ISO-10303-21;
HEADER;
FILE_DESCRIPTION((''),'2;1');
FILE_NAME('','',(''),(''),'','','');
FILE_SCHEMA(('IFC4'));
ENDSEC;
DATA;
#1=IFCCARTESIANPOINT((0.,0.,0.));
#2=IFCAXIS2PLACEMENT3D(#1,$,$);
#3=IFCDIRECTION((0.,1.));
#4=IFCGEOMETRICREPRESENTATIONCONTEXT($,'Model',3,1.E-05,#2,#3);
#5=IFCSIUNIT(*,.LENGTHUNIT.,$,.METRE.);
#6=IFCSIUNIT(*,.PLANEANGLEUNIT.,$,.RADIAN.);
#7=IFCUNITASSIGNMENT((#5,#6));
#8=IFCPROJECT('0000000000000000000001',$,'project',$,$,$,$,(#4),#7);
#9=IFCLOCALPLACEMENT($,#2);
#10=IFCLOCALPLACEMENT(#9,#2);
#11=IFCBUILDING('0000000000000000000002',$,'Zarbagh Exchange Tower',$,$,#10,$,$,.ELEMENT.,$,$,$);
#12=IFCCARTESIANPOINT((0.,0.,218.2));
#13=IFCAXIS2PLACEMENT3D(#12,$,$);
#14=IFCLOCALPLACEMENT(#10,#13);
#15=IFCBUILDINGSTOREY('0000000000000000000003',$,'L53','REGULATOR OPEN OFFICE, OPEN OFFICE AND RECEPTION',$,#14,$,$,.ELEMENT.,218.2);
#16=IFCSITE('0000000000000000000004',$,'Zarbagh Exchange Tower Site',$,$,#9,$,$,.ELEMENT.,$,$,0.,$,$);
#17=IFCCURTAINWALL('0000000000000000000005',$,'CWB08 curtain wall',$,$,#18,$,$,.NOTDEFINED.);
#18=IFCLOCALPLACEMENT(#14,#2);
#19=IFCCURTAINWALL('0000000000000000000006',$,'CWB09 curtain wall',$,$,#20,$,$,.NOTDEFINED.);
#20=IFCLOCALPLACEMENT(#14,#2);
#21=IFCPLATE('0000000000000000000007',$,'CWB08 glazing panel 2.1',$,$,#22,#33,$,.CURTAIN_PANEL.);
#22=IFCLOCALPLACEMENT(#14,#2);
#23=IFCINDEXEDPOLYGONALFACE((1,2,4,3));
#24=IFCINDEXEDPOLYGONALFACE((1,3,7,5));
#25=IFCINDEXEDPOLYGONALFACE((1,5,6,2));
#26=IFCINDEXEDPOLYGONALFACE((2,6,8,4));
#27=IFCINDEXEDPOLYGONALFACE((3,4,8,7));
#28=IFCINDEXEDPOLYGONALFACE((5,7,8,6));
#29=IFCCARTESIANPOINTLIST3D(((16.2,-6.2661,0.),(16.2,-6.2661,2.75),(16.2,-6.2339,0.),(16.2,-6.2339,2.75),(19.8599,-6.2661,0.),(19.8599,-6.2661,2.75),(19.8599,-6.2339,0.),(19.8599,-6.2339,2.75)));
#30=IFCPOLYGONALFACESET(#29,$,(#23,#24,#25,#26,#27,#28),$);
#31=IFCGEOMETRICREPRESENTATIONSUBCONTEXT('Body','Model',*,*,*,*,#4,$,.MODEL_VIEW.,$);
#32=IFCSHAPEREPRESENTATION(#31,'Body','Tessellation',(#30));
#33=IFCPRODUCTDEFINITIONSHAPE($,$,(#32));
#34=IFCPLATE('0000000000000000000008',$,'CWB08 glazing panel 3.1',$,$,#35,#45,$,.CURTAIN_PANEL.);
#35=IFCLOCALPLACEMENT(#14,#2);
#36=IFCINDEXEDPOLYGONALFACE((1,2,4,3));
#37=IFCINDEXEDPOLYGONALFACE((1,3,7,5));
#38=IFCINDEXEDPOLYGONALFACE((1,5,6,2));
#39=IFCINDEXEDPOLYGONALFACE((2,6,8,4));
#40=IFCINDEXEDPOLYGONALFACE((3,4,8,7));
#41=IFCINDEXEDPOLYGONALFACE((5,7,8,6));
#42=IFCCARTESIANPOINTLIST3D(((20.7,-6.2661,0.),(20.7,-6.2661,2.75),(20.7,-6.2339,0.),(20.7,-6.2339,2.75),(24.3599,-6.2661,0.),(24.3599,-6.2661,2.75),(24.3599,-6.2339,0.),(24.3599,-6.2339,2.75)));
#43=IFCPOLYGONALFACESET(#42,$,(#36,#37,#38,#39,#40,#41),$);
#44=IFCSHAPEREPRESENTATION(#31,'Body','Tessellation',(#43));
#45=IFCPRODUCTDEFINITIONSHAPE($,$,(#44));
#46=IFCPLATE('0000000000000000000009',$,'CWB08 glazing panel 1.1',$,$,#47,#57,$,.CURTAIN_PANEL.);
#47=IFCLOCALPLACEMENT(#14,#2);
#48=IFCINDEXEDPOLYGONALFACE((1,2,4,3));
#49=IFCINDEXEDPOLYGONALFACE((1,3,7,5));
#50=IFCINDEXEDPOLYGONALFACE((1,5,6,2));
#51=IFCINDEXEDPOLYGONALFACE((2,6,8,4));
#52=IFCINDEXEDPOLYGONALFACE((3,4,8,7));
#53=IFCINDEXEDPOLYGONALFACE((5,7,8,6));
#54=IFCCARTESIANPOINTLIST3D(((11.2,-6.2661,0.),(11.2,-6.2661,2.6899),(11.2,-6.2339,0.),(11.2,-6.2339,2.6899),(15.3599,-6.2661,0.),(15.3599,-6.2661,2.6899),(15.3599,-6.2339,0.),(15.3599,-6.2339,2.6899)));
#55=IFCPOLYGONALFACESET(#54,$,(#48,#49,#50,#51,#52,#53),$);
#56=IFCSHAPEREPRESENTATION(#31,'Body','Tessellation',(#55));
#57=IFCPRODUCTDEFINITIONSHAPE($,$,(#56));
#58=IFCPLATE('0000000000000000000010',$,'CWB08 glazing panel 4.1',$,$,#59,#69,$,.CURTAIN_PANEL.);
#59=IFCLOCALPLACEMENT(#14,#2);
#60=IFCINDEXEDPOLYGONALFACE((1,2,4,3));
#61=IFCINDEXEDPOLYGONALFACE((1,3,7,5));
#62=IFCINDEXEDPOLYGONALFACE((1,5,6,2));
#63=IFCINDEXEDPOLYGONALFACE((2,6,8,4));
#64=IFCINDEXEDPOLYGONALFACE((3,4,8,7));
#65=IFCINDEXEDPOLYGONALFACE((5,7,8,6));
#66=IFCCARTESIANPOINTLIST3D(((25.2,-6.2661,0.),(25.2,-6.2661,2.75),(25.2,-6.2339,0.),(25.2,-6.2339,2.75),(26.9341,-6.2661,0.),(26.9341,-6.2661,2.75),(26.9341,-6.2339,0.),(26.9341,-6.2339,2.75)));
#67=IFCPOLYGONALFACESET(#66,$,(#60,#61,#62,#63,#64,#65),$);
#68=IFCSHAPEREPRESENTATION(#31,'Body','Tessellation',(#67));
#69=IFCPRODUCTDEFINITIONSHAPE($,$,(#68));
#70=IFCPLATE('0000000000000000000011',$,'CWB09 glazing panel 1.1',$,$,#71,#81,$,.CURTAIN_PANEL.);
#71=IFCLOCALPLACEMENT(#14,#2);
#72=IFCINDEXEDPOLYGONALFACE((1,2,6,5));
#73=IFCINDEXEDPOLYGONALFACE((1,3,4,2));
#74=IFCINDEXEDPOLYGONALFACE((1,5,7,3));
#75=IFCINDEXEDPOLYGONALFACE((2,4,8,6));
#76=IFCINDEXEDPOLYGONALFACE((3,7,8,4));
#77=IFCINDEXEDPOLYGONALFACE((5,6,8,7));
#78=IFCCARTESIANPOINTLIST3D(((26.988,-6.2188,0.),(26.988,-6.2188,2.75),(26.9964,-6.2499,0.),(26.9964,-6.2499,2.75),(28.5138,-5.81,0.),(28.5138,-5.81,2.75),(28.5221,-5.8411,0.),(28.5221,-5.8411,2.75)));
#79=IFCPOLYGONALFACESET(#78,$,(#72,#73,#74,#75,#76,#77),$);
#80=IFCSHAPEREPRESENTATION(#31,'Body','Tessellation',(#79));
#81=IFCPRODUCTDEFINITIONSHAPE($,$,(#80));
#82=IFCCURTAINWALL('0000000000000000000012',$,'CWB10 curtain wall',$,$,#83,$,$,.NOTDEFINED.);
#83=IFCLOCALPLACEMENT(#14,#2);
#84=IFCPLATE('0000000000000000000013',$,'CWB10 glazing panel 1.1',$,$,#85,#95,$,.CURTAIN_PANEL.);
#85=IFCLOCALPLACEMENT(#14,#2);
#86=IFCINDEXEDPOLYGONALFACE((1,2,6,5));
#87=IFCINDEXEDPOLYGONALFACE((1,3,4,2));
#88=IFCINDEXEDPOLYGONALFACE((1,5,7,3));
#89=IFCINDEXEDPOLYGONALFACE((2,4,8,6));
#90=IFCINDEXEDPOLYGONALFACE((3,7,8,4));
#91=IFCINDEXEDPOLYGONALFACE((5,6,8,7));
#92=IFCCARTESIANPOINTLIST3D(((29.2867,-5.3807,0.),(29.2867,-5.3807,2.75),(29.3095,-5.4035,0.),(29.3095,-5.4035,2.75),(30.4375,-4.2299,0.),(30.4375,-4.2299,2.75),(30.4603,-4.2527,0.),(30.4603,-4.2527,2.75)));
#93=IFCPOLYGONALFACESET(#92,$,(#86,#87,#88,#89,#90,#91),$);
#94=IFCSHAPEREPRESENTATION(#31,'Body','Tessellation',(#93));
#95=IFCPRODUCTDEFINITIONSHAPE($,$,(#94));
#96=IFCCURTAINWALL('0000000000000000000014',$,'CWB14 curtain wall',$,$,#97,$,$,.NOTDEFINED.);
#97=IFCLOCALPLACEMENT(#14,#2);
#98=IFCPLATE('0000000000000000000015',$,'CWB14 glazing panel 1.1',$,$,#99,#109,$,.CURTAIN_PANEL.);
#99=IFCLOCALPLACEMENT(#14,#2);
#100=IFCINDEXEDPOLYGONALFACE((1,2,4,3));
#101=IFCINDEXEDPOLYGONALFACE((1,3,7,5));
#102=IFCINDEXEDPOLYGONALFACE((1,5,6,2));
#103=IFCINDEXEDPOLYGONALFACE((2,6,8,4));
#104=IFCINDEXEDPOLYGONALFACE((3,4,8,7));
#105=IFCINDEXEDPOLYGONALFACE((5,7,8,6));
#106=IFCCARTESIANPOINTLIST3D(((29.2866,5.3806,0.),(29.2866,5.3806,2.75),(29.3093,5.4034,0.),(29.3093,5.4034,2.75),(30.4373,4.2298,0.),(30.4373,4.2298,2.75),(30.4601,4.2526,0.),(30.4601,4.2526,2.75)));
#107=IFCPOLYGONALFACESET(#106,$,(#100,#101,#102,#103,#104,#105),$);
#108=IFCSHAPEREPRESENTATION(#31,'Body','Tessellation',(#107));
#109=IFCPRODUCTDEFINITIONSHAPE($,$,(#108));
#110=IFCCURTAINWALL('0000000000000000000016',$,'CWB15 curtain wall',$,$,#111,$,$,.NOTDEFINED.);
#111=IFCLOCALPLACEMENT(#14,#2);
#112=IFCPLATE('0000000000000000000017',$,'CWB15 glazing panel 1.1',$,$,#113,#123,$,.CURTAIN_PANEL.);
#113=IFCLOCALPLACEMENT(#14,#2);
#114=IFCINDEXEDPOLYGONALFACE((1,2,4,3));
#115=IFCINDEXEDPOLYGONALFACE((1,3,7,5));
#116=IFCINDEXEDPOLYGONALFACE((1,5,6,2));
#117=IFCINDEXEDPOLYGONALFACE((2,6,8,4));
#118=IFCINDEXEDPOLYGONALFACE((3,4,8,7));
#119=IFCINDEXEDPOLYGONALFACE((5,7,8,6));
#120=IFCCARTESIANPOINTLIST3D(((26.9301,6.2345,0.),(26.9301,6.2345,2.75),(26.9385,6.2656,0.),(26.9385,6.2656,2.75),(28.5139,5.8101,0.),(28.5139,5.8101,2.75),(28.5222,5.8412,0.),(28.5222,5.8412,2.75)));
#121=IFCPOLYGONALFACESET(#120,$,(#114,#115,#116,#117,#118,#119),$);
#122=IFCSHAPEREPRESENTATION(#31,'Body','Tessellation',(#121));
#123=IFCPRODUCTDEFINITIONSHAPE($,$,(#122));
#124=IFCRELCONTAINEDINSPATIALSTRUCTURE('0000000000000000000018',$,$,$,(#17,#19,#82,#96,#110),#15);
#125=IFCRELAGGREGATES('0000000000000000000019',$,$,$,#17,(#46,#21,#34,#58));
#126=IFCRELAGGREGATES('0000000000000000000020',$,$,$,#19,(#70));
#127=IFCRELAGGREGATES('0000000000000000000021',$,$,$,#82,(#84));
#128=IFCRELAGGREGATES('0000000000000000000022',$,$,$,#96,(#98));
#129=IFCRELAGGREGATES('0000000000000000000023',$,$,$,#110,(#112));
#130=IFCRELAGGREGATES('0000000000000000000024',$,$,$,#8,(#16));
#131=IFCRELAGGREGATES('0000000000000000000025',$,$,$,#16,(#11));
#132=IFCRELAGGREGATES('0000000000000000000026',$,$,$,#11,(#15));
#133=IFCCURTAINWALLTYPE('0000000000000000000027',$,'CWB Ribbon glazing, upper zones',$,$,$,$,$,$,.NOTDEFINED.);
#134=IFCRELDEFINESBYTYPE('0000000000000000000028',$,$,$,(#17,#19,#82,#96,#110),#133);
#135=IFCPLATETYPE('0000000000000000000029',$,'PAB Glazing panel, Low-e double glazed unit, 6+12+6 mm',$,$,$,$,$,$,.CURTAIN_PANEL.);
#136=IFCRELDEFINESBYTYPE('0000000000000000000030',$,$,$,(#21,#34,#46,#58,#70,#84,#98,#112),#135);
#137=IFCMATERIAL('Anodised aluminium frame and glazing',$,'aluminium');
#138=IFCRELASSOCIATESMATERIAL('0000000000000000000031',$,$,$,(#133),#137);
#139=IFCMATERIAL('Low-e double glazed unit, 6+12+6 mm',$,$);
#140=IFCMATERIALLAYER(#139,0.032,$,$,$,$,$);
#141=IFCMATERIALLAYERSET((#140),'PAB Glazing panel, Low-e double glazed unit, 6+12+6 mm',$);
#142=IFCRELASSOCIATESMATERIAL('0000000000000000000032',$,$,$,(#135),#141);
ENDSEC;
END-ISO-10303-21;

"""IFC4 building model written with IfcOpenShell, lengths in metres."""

from ifc_helpers import new_model, si_unit, direction, frame, origin, place, context, subcontext, project, spatial, polyline, outline, extrude, source, transform, mapped, material, layer, layer_set, type_object, element, aggregate, save


model = new_model("IFC4")

# Units and contexts
model_context = context("Model", 3, precision=1e-05, world=origin(), true_north=direction((0.0, 1.0)))
body_context = subcontext(model_context, "Body", "Model", "MODEL_VIEW")
ifc_project = project(units=[si_unit("LENGTHUNIT", "METRE"), si_unit("PLANEANGLEUNIT", "RADIAN")], contexts=[model_context])

# Site, building, storey
site_placement = place(None, origin())
site = spatial("IfcSite", under=ifc_project, at=site_placement, Name="Zarbagh Exchange Tower Site", CompositionType="ELEMENT", RefElevation=0.0)
building_placement = place(site_placement, origin())
building = spatial("IfcBuilding", under=site, at=building_placement, Name="Zarbagh Exchange Tower", CompositionType="ELEMENT")
storey_placement = place(building_placement, frame((0.0, 0.0, 218.2)))
storey = spatial("IfcBuildingStorey", under=building, at=storey_placement, Name="L53", Description="REGULATOR OPEN OFFICE, OPEN OFFICE AND RECEPTION", CompositionType="ELEMENT", Elevation=218.2)

# Curtain wall
ifc_material_1 = material(Name="Anodised aluminium frame and glazing", Category="aluminium")
curtain_wall_type = type_object("IfcCurtainWallType", Name="CWB Ribbon glazing, upper zones", PredefinedType="NOTDEFINED", material=ifc_material_1)
curtain_wall_1_placement = place(storey_placement, origin())
curtain_wall_1 = element("IfcCurtainWall", 1, at=curtain_wall_1_placement, inside=storey, type_object=curtain_wall_type, Name="CWB08 curtain wall", PredefinedType="NOTDEFINED")
placement = place(storey_placement, origin())

# Curtain wall
curtain_wall_2_placement = place(storey_placement, origin())
curtain_wall_2 = element("IfcCurtainWall", 2, at=curtain_wall_2_placement, inside=storey, type_object=curtain_wall_type, Name="CWB09 curtain wall", PredefinedType="NOTDEFINED")

# Shared definitions
ifc_material_2 = material(Name="Low-e double glazed unit, 6+12+6 mm")
ifc_layer = layer(ifc_material_2, 0.032)
ifc_layer_set = layer_set([ifc_layer], Name="PAB Glazing panel, Low-e double glazed unit, 6+12+6 mm")
plate_type = type_object("IfcPlateType", Name="PAB Glazing panel, Low-e double glazed unit, 6+12+6 mm", PredefinedType="CURTAIN_PANEL", material=ifc_layer_set)

# Plates
shared_shape_1 = source(origin(), body_context, "Body", "SweptSolid", [
    extrude(outline(polyline([(0.0, -0.0161), (3.6599, -0.0161), (3.6599, 0.0161), (0.0, 0.0161), (0.0, -0.0161)])), origin(), (0.0, 0.0, 1.0), 2.75),
])
plate_1 = element("IfcPlate", 3, at=placement, type_object=plate_type, Name="CWB08 glazing panel 2.1", PredefinedType="CURTAIN_PANEL", context=body_context, shape_type="MappedRepresentation", body=[
    mapped(shared_shape_1, transform((16.2, -6.25, 0.0), x_axis=(1.0, 0.0, 0.0), y_axis=(0.0, 1.0, 0.0), z_axis=(0.0, 0.0, 1.0))),
])
plate_2 = element("IfcPlate", 4, at=placement, type_object=plate_type, Name="CWB08 glazing panel 3.1", PredefinedType="CURTAIN_PANEL", context=body_context, shape_type="MappedRepresentation", body=[
    mapped(shared_shape_1, transform((20.7, -6.25, 0.0), x_axis=(1.0, 0.0, 0.0), y_axis=(0.0, 1.0, 0.0), z_axis=(0.0, 0.0, 1.0))),
])
shared_shape_2 = source(origin(), body_context, "Body", "SweptSolid", [
    extrude(outline(polyline([(0.0, -0.0161), (4.1599, -0.0161), (4.1599, 0.0161), (0.0, 0.0161), (0.0, -0.0161)])), origin(), (0.0, 0.0, 1.0), 2.6899),
])
plate_3 = element("IfcPlate", 5, at=placement, type_object=plate_type, Name="CWB08 glazing panel 1.1", PredefinedType="CURTAIN_PANEL", context=body_context, shape_type="MappedRepresentation", body=[
    mapped(shared_shape_2, transform((11.2, -6.25, 0.0), x_axis=(1.0, 0.0, 0.0), y_axis=(0.0, 1.0, 0.0), z_axis=(0.0, 0.0, 1.0))),
])
shared_shape_3 = source(origin(), body_context, "Body", "SweptSolid", [
    extrude(outline(polyline([(0.0, -0.0161), (1.7341, -0.0161), (1.7341, 0.0161), (0.0, 0.0161), (0.0, -0.0161)])), origin(), (0.0, 0.0, 1.0), 2.75),
])
plate_4 = element("IfcPlate", 6, at=placement, type_object=plate_type, Name="CWB08 glazing panel 4.1", PredefinedType="CURTAIN_PANEL", context=body_context, shape_type="MappedRepresentation", body=[
    mapped(shared_shape_3, transform((25.2, -6.25, 0.0), x_axis=(1.0, 0.0, 0.0), y_axis=(0.0, 1.0, 0.0), z_axis=(0.0, 0.0, 1.0))),
])
aggregate(curtain_wall_1, [plate_3, plate_1, plate_2, plate_4])
shared_shape_4 = source(origin(), body_context, "Body", "SweptSolid", [
    extrude(outline(polyline([(0.0, -0.0161), (1.5796, -0.0161), (1.5796, 0.0161), (0.0, 0.0161), (0.0, -0.0161)])), origin(), (0.0, 0.0, 1.0), 2.75),
])
plate_5 = element("IfcPlate", 7, at=placement, type_object=plate_type, Name="CWB09 glazing panel 1.1", PredefinedType="CURTAIN_PANEL", context=body_context, shape_type="MappedRepresentation", body=[
    mapped(shared_shape_4, transform((26.9922, -6.2344, 0.0), x_axis=(0.965924, 0.258825, 0.0), y_axis=(-0.258825, 0.965924, 0.0), z_axis=(0.0, 0.0, 1.0))),
])
aggregate(curtain_wall_2, [plate_5])

# Curtain walls, plates
curtain_wall_3_placement = place(storey_placement, origin())
curtain_wall_3 = element("IfcCurtainWall", 8, at=curtain_wall_3_placement, inside=storey, type_object=curtain_wall_type, Name="CWB10 curtain wall", PredefinedType="NOTDEFINED")
shared_shape_5 = source(origin(), body_context, "Body", "SweptSolid", [
    extrude(outline(polyline([(0.0, -0.0161), (1.6274, -0.0161), (1.6274, 0.0161), (0.0, 0.0161), (0.0, -0.0161)])), origin(), (0.0, 0.0, 1.0), 2.75),
])
plate_6 = element("IfcPlate", 9, at=placement, type_object=plate_type, Name="CWB10 glazing panel 1.1", PredefinedType="CURTAIN_PANEL", context=body_context, shape_type="MappedRepresentation", body=[
    mapped(shared_shape_5, transform((29.2981, -5.3921, 0.0), x_axis=(0.707107, 0.707107, 0.0), y_axis=(-0.707107, 0.707107, 0.0), z_axis=(0.0, 0.0, 1.0))),
])
aggregate(curtain_wall_3, [plate_6])
curtain_wall_4_placement = place(storey_placement, origin())
curtain_wall_4 = element("IfcCurtainWall", 10, at=curtain_wall_4_placement, inside=storey, type_object=curtain_wall_type, Name="CWB14 curtain wall", PredefinedType="NOTDEFINED")
plate_7 = element("IfcPlate", 11, at=placement, type_object=plate_type, Name="CWB14 glazing panel 1.1", PredefinedType="CURTAIN_PANEL", context=body_context, shape_type="MappedRepresentation", body=[
    mapped(shared_shape_5, transform((30.4487, 4.2412, 0.0), x_axis=(-0.707107, 0.707107, 0.0), y_axis=(-0.707107, -0.707107, 0.0), z_axis=(0.0, 0.0, 1.0))),
])
aggregate(curtain_wall_4, [plate_7])
curtain_wall_5_placement = place(storey_placement, origin())
curtain_wall_5 = element("IfcCurtainWall", 12, at=curtain_wall_5_placement, inside=storey, type_object=curtain_wall_type, Name="CWB15 curtain wall", PredefinedType="NOTDEFINED")
shared_shape_6 = source(origin(), body_context, "Body", "SweptSolid", [
    extrude(outline(polyline([(0.0, -0.0161), (1.6396, -0.0161), (1.6396, 0.0161), (0.0, 0.0161), (0.0, -0.0161)])), origin(), (0.0, 0.0, 1.0), 2.75),
])
plate_8 = element("IfcPlate", 13, at=placement, type_object=plate_type, Name="CWB15 glazing panel 1.1", PredefinedType="CURTAIN_PANEL", context=body_context, shape_type="MappedRepresentation", body=[
    mapped(shared_shape_6, transform((28.5181, 5.8257, 0.0), x_axis=(-0.965924, 0.258825, 0.0), y_axis=(-0.258825, -0.965924, 0.0), z_axis=(0.0, 0.0, 1.0))),
])
aggregate(curtain_wall_5, [plate_8])

save(model, "model.ifc")
